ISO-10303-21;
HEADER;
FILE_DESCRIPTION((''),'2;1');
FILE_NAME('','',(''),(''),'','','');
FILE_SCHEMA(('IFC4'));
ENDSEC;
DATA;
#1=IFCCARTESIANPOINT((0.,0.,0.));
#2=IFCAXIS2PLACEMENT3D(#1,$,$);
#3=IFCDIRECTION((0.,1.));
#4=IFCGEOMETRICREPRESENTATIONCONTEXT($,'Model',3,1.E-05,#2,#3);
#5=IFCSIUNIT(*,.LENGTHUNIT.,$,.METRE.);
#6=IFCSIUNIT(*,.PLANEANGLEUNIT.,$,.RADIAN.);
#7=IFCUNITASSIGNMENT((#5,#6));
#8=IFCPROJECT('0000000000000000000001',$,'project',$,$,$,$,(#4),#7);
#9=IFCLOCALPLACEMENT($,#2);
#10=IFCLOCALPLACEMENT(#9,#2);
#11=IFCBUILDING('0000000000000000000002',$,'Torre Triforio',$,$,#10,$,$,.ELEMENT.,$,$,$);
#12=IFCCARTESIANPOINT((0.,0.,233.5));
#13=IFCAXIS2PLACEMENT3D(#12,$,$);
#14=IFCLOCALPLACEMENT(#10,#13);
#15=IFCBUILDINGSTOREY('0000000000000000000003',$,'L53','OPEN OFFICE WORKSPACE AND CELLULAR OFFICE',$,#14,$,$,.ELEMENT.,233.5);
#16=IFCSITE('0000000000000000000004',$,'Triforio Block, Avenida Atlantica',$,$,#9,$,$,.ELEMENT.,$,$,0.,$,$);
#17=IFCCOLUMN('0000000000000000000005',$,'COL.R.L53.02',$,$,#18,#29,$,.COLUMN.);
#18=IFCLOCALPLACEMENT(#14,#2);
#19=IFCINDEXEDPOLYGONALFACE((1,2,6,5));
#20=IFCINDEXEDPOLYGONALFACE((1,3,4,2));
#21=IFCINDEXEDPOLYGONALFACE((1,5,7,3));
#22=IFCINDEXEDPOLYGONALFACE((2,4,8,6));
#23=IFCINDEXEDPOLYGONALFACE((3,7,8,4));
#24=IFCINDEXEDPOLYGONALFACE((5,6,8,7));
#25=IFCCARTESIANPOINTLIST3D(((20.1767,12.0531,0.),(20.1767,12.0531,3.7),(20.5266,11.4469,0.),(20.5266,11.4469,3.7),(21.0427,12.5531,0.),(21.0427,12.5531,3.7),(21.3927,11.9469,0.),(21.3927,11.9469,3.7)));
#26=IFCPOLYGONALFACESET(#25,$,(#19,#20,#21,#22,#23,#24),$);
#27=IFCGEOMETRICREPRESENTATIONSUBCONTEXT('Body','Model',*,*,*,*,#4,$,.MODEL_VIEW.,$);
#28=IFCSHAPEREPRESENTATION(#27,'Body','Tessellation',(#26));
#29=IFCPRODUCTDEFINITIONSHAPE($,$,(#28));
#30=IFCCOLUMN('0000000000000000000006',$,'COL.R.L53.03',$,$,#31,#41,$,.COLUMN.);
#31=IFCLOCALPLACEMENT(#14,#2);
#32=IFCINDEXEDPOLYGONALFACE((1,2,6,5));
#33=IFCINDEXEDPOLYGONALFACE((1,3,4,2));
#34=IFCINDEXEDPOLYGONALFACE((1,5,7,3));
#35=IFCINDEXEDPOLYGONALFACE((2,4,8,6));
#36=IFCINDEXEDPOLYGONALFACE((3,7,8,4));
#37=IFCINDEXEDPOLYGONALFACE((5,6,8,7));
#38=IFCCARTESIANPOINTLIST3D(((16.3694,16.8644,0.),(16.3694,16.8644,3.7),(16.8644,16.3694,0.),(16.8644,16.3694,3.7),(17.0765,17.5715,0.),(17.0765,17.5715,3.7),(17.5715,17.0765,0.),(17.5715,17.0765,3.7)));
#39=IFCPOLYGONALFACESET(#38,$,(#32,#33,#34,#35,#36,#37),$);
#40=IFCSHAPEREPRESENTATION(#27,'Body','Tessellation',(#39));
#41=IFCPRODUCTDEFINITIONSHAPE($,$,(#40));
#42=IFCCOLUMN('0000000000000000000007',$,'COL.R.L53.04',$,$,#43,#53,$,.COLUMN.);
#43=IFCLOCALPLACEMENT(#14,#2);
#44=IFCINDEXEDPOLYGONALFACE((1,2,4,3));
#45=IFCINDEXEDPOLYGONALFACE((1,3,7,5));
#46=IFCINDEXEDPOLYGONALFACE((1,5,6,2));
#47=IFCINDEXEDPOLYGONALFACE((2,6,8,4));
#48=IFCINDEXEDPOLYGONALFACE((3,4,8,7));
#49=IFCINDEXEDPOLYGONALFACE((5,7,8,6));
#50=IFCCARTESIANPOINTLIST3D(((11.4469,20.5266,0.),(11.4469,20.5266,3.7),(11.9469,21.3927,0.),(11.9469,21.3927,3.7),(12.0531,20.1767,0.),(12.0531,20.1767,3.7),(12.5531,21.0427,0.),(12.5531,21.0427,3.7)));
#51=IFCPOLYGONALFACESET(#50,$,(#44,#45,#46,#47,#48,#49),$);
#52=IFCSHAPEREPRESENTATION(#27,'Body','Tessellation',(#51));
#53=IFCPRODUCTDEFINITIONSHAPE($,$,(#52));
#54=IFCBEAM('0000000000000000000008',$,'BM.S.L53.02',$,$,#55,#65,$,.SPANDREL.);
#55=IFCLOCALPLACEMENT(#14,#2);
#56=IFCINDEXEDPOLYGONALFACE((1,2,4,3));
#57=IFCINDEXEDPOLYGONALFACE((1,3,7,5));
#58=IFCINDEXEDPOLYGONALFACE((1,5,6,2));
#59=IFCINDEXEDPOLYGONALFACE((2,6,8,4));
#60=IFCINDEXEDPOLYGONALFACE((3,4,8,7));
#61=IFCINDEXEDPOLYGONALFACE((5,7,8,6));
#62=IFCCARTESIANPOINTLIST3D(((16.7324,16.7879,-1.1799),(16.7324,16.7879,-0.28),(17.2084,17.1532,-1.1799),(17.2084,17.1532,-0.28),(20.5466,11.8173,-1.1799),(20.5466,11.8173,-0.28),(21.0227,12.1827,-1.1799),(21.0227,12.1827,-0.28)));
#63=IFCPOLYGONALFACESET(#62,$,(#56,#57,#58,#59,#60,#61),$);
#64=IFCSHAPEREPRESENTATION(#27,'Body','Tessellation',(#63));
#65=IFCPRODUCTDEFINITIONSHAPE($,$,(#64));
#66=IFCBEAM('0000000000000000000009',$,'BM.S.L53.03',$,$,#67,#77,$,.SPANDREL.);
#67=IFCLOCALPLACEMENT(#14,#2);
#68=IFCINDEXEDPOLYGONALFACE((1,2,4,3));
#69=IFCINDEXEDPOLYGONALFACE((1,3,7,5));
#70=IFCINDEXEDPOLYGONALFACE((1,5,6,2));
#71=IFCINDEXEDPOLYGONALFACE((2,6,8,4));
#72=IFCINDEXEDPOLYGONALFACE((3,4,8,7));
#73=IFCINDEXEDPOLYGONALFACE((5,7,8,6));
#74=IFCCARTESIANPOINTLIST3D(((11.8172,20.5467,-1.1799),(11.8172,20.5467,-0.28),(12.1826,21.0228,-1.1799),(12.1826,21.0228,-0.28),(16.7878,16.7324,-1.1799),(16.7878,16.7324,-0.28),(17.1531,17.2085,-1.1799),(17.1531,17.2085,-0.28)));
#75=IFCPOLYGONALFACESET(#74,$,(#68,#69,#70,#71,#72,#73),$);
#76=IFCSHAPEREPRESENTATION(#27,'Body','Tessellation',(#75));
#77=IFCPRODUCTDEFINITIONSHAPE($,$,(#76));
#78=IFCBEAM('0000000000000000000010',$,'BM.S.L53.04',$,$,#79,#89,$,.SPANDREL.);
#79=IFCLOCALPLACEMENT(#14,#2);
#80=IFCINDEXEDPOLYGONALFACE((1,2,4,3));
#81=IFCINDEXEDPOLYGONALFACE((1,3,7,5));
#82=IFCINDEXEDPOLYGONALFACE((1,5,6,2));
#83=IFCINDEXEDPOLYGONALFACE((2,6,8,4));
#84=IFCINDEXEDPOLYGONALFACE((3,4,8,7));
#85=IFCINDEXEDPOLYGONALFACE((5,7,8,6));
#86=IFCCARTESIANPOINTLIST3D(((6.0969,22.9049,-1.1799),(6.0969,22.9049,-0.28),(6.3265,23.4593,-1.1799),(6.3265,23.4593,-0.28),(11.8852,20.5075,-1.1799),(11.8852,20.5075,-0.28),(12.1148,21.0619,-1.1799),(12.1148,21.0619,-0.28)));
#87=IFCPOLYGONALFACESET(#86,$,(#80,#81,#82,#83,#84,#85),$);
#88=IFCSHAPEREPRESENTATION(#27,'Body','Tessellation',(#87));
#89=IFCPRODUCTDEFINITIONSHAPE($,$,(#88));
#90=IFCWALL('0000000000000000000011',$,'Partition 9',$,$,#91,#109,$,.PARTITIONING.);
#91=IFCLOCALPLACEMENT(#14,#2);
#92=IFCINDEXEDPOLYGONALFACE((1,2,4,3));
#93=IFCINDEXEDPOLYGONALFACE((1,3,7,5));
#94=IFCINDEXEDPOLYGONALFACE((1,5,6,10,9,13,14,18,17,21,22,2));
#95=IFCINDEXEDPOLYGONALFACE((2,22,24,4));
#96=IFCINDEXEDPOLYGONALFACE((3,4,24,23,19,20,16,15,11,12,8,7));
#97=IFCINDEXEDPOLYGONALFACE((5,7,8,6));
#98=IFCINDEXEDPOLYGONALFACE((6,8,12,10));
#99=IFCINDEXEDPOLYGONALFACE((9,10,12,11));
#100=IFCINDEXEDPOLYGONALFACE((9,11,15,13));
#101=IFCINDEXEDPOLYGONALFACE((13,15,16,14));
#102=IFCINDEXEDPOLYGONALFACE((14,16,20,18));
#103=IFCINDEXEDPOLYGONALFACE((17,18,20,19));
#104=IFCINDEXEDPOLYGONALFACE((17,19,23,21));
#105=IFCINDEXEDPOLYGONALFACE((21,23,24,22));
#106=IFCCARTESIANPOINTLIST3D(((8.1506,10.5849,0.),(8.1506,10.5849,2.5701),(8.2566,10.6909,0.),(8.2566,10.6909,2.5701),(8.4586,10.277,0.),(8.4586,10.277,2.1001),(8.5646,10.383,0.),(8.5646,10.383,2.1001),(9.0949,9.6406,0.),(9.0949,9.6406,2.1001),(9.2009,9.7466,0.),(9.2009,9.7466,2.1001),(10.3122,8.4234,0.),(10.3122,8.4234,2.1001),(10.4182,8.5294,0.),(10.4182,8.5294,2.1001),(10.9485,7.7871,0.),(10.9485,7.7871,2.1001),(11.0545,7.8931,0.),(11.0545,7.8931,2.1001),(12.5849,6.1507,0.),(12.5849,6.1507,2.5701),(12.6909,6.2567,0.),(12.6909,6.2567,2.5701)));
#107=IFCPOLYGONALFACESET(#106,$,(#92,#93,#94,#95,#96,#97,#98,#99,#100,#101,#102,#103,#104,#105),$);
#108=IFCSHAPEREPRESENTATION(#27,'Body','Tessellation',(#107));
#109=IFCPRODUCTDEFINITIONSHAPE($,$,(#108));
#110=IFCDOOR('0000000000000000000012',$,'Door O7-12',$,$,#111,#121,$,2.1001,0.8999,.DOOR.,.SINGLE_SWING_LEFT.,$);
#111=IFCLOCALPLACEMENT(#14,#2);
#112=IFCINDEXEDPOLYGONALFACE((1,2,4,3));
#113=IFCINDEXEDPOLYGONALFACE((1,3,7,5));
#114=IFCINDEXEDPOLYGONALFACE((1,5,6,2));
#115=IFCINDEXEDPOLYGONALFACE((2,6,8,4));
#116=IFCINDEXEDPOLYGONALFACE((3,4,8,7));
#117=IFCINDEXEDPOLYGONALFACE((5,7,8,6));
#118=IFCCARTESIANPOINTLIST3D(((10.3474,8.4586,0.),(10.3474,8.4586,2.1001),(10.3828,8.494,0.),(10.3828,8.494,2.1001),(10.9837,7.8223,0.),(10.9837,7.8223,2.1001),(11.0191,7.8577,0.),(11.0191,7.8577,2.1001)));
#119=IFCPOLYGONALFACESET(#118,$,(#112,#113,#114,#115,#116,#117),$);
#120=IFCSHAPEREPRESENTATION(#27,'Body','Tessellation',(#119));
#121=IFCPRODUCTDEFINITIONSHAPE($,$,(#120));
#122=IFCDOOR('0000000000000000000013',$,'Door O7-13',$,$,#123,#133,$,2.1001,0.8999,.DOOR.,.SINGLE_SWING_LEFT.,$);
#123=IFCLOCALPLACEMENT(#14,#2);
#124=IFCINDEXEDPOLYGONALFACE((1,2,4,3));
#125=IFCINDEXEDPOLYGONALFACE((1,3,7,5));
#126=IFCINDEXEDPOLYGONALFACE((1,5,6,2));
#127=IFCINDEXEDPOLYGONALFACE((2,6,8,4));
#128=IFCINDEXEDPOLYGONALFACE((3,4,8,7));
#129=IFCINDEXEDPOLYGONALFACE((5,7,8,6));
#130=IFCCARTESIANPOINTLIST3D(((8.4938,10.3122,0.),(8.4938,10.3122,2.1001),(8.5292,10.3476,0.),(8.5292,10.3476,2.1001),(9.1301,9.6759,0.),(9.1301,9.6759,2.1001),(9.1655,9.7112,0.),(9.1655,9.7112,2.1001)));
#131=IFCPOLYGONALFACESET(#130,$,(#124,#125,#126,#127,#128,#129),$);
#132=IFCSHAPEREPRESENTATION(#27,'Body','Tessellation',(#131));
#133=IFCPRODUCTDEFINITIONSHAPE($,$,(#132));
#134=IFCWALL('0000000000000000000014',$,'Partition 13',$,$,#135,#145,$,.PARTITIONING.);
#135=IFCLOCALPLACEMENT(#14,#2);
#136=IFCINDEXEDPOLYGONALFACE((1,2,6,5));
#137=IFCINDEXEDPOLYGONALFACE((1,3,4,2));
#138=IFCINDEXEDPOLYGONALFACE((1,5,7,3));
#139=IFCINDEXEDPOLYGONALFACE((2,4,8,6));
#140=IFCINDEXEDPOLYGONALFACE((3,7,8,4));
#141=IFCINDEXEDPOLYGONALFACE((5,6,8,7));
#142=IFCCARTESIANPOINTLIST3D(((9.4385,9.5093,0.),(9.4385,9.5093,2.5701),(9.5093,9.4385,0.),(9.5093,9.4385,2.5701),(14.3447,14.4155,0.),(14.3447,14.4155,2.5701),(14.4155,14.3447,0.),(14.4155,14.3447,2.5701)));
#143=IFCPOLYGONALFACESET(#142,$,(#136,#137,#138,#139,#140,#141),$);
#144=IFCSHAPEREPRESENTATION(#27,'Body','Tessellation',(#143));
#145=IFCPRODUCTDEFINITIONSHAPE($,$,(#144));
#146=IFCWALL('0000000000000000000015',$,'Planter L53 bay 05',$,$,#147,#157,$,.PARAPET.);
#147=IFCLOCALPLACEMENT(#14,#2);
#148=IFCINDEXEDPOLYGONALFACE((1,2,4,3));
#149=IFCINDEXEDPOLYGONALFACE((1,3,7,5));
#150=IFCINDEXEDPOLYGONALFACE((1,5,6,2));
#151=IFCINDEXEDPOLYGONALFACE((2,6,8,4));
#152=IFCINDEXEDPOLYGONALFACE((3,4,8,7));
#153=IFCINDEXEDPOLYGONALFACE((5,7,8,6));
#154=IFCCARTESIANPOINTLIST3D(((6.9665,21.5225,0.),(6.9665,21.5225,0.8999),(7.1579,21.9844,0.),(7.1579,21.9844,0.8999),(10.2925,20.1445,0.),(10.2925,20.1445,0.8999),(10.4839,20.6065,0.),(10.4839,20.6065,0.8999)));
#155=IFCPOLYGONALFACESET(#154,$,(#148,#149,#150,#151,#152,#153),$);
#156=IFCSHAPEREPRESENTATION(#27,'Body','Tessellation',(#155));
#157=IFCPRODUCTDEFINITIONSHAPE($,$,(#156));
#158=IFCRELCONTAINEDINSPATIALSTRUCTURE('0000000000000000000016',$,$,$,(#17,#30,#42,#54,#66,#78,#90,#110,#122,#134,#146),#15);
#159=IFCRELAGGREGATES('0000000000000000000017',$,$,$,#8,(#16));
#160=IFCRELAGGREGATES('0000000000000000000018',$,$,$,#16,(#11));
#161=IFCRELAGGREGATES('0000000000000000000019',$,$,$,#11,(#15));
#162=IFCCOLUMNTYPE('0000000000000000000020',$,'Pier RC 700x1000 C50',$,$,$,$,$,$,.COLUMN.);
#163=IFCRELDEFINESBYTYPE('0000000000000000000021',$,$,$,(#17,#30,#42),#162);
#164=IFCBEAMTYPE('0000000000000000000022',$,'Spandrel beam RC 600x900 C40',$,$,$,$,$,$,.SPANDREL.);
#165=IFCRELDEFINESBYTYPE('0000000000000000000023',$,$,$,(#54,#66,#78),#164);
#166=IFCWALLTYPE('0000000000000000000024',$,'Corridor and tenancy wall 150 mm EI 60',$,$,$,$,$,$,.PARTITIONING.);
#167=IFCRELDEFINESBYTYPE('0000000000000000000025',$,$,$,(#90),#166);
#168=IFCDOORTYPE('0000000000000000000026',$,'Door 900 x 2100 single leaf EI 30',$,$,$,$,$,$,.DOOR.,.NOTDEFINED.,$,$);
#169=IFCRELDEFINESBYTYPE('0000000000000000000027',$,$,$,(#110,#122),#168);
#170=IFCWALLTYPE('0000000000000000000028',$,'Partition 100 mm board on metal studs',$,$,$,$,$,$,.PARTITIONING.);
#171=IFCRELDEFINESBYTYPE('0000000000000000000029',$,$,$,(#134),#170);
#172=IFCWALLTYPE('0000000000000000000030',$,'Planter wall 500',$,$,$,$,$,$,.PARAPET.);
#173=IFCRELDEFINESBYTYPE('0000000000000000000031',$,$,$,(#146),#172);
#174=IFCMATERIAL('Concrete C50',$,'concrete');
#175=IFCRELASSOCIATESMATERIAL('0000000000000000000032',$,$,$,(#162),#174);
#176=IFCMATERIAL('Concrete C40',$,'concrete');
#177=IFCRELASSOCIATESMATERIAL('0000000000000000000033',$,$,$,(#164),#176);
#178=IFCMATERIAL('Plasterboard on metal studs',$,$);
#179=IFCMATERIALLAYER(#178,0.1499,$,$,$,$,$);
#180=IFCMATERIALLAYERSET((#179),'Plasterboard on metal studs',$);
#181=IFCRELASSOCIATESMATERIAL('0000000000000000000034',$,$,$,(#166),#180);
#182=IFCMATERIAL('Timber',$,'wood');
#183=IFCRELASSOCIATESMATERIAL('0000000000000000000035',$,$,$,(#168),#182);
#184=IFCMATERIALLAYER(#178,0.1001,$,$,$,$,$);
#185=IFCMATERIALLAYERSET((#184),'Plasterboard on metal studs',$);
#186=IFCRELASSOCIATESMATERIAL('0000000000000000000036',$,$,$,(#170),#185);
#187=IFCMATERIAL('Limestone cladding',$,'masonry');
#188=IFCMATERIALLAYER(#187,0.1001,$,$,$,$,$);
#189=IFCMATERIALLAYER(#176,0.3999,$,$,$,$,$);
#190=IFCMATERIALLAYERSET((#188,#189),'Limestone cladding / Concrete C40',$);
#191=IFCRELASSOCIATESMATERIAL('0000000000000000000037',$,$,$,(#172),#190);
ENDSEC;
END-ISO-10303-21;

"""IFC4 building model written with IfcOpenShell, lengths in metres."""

from ifc_helpers import new_model, si_unit, direction, frame, frame_2d, origin, origin_2d, place, context, subcontext, project, spatial, rectangle, extrude, material, layer, layer_set, material_profile, profile_set, type_object, element, fill, save


model = new_model("IFC4")

# Units and contexts
model_context = context("Model", 3, precision=1e-05, world=origin(), true_north=direction((0.0, 1.0)))
body_context = subcontext(model_context, "Body", "Model", "MODEL_VIEW")
ifc_project = project(units=[si_unit("LENGTHUNIT", "METRE"), si_unit("PLANEANGLEUNIT", "RADIAN")], contexts=[model_context])

# Site, building, storey
site_placement = place(None, origin())
site = spatial("IfcSite", under=ifc_project, at=site_placement, Name="Triforio Block, Avenida Atlantica", CompositionType="ELEMENT", RefElevation=0.0)
building_placement = place(site_placement, origin())
building = spatial("IfcBuilding", under=site, at=building_placement, Name="Torre Triforio", CompositionType="ELEMENT")
storey_placement = place(building_placement, frame((0.0, 0.0, 233.5)))
storey = spatial("IfcBuildingStorey", under=building, at=storey_placement, Name="L53", Description="OPEN OFFICE WORKSPACE AND CELLULAR OFFICE", CompositionType="ELEMENT", Elevation=233.5)

# Columns
ifc_material_1 = material(Name="Concrete C50", Category="concrete")
ifc_material_profile_1 = material_profile(ifc_material_1, rectangle(XDim=0.7, YDim=1.0, at=origin_2d()), Name="RC 700x1000")
ifc_profile_set_1 = profile_set([ifc_material_profile_1], Name="Concrete C50")
column_type = type_object("IfcColumnType", Name="Pier RC 700x1000 C50", PredefinedType="COLUMN", material=ifc_profile_set_1)
for number, where, z_axis, x_axis, name in (
    (1, (20.7847, 12.0, 0.0), (0.0, 0.0, 1.0), (-0.5, 0.866025, 0.0), "COL.R.L53.02"),
    (2, (16.9705, 16.9705, 0.0), (0.0, 0.0, 1.0), (-0.707107, 0.707107, 0.0), "COL.R.L53.03"),
    (3, (12.0, 20.7847, 0.0), (0.0, 0.0, 1.0), (-0.866025, 0.5, 0.0), "COL.R.L53.04"),
):
    element("IfcColumn", number, at=place(storey_placement, frame(where, z_axis=z_axis, x_axis=x_axis)), inside=storey, type_object=column_type, Name=name, PredefinedType="COLUMN", context=body_context, shape_type="SweptSolid", body=[
        extrude(rectangle(XDim=0.7, YDim=1.0, at=origin_2d()), origin(), (0.0, 0.0, 1.0), 3.7),
    ])

# Beams
ifc_material_2 = material(Name="Concrete C40", Category="concrete")
ifc_material_profile_2 = material_profile(ifc_material_2, rectangle(XDim=0.6001, YDim=0.8999, at=origin_2d()), Name="RC 600x900")
ifc_profile_set_2 = profile_set([ifc_material_profile_2], Name="Concrete C40")
beam_type = type_object("IfcBeamType", Name="Spandrel beam RC 600x900 C40", PredefinedType="SPANDREL", material=ifc_profile_set_2)
for number, where, z_axis, x_axis, name in (
    (4, (20.7847, 12.0, -0.73), (-0.608786, 0.793335, 0.0), (-0.793335, -0.608786, 0.0), "BM.S.L53.02"),
    (5, (16.9705, 16.9705, -0.73), (-0.793335, 0.608786, 0.0), (-0.608786, -0.793335, 0.0), "BM.S.L53.03"),
):
    element("IfcBeam", number, at=place(storey_placement, frame(where, z_axis=z_axis, x_axis=x_axis)), inside=storey, type_object=beam_type, Name=name, PredefinedType="SPANDREL", context=body_context, shape_type="SweptSolid", body=[
        extrude(rectangle(XDim=0.6001, YDim=0.8999, at=origin_2d()), origin(), (0.0, 0.0, 1.0), 6.2654),
    ])
beam_placement = place(storey_placement, frame((12.0, 20.7847, -0.73), z_axis=(-0.923888, 0.382664, 0.0), x_axis=(-0.382664, -0.923888, 0.0)))
element("IfcBeam", 6, at=beam_placement, inside=storey, type_object=beam_type, Name="BM.S.L53.04", PredefinedType="SPANDREL", context=body_context, shape_type="SweptSolid", body=[
    extrude(rectangle(XDim=0.6001, YDim=0.8999, at=origin_2d()), origin(), (0.0, 0.0, 1.0), 6.2651),
])

# Wall, openings, doors
ifc_material_3 = material(Name="Plasterboard on metal studs")
ifc_layer_1 = layer(ifc_material_3, 0.1499)
ifc_layer_set_1 = layer_set([ifc_layer_1], Name="Plasterboard on metal studs")
wall_type_1 = type_object("IfcWallType", Name="Corridor and tenancy wall 150 mm EI 60", PredefinedType="PARTITIONING", material=ifc_layer_set_1)
wall_1_placement = place(storey_placement, frame((8.2036, 10.6379, 0.0), z_axis=(0.0, 0.0, 1.0), x_axis=(0.707107, -0.707107, 0.0)))
wall_1 = element("IfcWall", 7, at=wall_1_placement, inside=storey, type_object=wall_type_1, Name="Partition 9", PredefinedType="PARTITIONING", context=body_context, shape_type="SweptSolid", body=[
    extrude(rectangle(XDim=6.271, YDim=0.1499, at=frame_2d((3.1355, 0.0))), origin(), (0.0, 0.0, 1.0), 2.5701),
])
opening_1_placement = place(wall_1_placement, frame((3.0569, 0.0, 0.0)))
opening_1 = element("IfcOpeningElement", 8, at=opening_1_placement, cuts=wall_1, PredefinedType="OPENING", context=body_context, shape_type="SweptSolid", body=[
    extrude(rectangle(XDim=0.8999, YDim=2.1001, at=frame_2d((0.45, 1.05))), frame((0.0, 0.085, 0.0), z_axis=(0.0, -1.0, 0.0), x_axis=(1.0, 0.0, 0.0)), (0.0, 0.0, 1.0), 0.1699),
])
opening_2_placement = place(wall_1_placement, frame((0.4355, 0.0, 0.0)))
opening_2 = element("IfcOpeningElement", 9, at=opening_2_placement, cuts=wall_1, PredefinedType="OPENING", context=body_context, shape_type="SweptSolid", body=[
    extrude(rectangle(XDim=0.8999, YDim=2.1001, at=frame_2d((0.45, 1.05))), frame((0.0, 0.085, 0.0), z_axis=(0.0, -1.0, 0.0), x_axis=(1.0, 0.0, 0.0)), (0.0, 0.0, 1.0), 0.1699),
])
ifc_material_4 = material(Name="Timber", Category="wood")
door_type_1 = type_object("IfcDoorType", Name="Door 900 x 2100 single leaf EI 30", OperationType="NOTDEFINED", PredefinedType="DOOR", material=ifc_material_4)
door_1_placement = place(opening_1_placement, origin())
door_1 = element("IfcDoor", 10, at=door_1_placement, inside=storey, type_object=door_type_1, Name="Door O7-12", OperationType="SINGLE_SWING_LEFT", OverallHeight=2.1001, OverallWidth=0.8999, PredefinedType="DOOR", context=body_context, shape_type="SweptSolid", body=[
    extrude(rectangle(XDim=0.8999, YDim=2.1001, at=frame_2d((0.45, 1.05))), frame((0.0, 0.0249, 0.0), z_axis=(0.0, -1.0, 0.0), x_axis=(1.0, 0.0, 0.0)), (0.0, 0.0, 1.0), 0.05),
])
fill(opening_1, door_1)
door_2_placement = place(opening_2_placement, origin())
door_2 = element("IfcDoor", 11, at=door_2_placement, inside=storey, type_object=door_type_1, Name="Door O7-13", OperationType="SINGLE_SWING_LEFT", OverallHeight=2.1001, OverallWidth=0.8999, PredefinedType="DOOR", context=body_context, shape_type="SweptSolid", body=[
    extrude(rectangle(XDim=0.8999, YDim=2.1001, at=frame_2d((0.45, 1.05))), frame((0.0, 0.0249, 0.0), z_axis=(0.0, -1.0, 0.0), x_axis=(1.0, 0.0, 0.0)), (0.0, 0.0, 1.0), 0.05),
])
fill(opening_2, door_2)

# Walls
ifc_layer_2 = layer(ifc_material_3, 0.1001)
ifc_layer_set_2 = layer_set([ifc_layer_2], Name="Plasterboard on metal studs")
wall_type_2 = type_object("IfcWallType", Name="Partition 100 mm board on metal studs", PredefinedType="PARTITIONING", material=ifc_layer_set_2)
wall_2_placement = place(storey_placement, frame((9.4739, 9.4739, 0.0), z_axis=(0.0, 0.0, 1.0), x_axis=(0.707107, 0.707107, 0.0)))
element("IfcWall", 12, at=wall_2_placement, inside=storey, type_object=wall_type_2, Name="Partition 13", PredefinedType="PARTITIONING", context=body_context, shape_type="SweptSolid", body=[
    extrude(rectangle(XDim=6.9385, YDim=0.1001, at=frame_2d((3.4692, 0.0))), origin(), (0.0, 0.0, 1.0), 2.5701),
])
ifc_material_5 = material(Name="Limestone cladding", Category="masonry")
ifc_layer_3 = layer(ifc_material_5, 0.1001)
ifc_layer_4 = layer(ifc_material_2, 0.3999)
ifc_layer_set_3 = layer_set([ifc_layer_3, ifc_layer_4], Name="Limestone cladding / Concrete C40")
wall_type_3 = type_object("IfcWallType", Name="Planter wall 500", PredefinedType="PARAPET", material=ifc_layer_set_3)
wall_3_placement = place(storey_placement, frame((10.3882, 20.3755, 0.0), z_axis=(0.0, 0.0, 1.0), x_axis=(-0.923852, 0.382751, 0.0)))
element("IfcWall", 13, at=wall_3_placement, inside=storey, type_object=wall_type_3, Name="Planter L53 bay 05", PredefinedType="PARAPET", context=body_context, shape_type="SweptSolid", body=[
    extrude(rectangle(XDim=3.6001, YDim=0.5, at=frame_2d((1.8, 0.0))), origin(), (0.0, 0.0, 1.0), 0.8999),
])

save(model, "model.ifc")
